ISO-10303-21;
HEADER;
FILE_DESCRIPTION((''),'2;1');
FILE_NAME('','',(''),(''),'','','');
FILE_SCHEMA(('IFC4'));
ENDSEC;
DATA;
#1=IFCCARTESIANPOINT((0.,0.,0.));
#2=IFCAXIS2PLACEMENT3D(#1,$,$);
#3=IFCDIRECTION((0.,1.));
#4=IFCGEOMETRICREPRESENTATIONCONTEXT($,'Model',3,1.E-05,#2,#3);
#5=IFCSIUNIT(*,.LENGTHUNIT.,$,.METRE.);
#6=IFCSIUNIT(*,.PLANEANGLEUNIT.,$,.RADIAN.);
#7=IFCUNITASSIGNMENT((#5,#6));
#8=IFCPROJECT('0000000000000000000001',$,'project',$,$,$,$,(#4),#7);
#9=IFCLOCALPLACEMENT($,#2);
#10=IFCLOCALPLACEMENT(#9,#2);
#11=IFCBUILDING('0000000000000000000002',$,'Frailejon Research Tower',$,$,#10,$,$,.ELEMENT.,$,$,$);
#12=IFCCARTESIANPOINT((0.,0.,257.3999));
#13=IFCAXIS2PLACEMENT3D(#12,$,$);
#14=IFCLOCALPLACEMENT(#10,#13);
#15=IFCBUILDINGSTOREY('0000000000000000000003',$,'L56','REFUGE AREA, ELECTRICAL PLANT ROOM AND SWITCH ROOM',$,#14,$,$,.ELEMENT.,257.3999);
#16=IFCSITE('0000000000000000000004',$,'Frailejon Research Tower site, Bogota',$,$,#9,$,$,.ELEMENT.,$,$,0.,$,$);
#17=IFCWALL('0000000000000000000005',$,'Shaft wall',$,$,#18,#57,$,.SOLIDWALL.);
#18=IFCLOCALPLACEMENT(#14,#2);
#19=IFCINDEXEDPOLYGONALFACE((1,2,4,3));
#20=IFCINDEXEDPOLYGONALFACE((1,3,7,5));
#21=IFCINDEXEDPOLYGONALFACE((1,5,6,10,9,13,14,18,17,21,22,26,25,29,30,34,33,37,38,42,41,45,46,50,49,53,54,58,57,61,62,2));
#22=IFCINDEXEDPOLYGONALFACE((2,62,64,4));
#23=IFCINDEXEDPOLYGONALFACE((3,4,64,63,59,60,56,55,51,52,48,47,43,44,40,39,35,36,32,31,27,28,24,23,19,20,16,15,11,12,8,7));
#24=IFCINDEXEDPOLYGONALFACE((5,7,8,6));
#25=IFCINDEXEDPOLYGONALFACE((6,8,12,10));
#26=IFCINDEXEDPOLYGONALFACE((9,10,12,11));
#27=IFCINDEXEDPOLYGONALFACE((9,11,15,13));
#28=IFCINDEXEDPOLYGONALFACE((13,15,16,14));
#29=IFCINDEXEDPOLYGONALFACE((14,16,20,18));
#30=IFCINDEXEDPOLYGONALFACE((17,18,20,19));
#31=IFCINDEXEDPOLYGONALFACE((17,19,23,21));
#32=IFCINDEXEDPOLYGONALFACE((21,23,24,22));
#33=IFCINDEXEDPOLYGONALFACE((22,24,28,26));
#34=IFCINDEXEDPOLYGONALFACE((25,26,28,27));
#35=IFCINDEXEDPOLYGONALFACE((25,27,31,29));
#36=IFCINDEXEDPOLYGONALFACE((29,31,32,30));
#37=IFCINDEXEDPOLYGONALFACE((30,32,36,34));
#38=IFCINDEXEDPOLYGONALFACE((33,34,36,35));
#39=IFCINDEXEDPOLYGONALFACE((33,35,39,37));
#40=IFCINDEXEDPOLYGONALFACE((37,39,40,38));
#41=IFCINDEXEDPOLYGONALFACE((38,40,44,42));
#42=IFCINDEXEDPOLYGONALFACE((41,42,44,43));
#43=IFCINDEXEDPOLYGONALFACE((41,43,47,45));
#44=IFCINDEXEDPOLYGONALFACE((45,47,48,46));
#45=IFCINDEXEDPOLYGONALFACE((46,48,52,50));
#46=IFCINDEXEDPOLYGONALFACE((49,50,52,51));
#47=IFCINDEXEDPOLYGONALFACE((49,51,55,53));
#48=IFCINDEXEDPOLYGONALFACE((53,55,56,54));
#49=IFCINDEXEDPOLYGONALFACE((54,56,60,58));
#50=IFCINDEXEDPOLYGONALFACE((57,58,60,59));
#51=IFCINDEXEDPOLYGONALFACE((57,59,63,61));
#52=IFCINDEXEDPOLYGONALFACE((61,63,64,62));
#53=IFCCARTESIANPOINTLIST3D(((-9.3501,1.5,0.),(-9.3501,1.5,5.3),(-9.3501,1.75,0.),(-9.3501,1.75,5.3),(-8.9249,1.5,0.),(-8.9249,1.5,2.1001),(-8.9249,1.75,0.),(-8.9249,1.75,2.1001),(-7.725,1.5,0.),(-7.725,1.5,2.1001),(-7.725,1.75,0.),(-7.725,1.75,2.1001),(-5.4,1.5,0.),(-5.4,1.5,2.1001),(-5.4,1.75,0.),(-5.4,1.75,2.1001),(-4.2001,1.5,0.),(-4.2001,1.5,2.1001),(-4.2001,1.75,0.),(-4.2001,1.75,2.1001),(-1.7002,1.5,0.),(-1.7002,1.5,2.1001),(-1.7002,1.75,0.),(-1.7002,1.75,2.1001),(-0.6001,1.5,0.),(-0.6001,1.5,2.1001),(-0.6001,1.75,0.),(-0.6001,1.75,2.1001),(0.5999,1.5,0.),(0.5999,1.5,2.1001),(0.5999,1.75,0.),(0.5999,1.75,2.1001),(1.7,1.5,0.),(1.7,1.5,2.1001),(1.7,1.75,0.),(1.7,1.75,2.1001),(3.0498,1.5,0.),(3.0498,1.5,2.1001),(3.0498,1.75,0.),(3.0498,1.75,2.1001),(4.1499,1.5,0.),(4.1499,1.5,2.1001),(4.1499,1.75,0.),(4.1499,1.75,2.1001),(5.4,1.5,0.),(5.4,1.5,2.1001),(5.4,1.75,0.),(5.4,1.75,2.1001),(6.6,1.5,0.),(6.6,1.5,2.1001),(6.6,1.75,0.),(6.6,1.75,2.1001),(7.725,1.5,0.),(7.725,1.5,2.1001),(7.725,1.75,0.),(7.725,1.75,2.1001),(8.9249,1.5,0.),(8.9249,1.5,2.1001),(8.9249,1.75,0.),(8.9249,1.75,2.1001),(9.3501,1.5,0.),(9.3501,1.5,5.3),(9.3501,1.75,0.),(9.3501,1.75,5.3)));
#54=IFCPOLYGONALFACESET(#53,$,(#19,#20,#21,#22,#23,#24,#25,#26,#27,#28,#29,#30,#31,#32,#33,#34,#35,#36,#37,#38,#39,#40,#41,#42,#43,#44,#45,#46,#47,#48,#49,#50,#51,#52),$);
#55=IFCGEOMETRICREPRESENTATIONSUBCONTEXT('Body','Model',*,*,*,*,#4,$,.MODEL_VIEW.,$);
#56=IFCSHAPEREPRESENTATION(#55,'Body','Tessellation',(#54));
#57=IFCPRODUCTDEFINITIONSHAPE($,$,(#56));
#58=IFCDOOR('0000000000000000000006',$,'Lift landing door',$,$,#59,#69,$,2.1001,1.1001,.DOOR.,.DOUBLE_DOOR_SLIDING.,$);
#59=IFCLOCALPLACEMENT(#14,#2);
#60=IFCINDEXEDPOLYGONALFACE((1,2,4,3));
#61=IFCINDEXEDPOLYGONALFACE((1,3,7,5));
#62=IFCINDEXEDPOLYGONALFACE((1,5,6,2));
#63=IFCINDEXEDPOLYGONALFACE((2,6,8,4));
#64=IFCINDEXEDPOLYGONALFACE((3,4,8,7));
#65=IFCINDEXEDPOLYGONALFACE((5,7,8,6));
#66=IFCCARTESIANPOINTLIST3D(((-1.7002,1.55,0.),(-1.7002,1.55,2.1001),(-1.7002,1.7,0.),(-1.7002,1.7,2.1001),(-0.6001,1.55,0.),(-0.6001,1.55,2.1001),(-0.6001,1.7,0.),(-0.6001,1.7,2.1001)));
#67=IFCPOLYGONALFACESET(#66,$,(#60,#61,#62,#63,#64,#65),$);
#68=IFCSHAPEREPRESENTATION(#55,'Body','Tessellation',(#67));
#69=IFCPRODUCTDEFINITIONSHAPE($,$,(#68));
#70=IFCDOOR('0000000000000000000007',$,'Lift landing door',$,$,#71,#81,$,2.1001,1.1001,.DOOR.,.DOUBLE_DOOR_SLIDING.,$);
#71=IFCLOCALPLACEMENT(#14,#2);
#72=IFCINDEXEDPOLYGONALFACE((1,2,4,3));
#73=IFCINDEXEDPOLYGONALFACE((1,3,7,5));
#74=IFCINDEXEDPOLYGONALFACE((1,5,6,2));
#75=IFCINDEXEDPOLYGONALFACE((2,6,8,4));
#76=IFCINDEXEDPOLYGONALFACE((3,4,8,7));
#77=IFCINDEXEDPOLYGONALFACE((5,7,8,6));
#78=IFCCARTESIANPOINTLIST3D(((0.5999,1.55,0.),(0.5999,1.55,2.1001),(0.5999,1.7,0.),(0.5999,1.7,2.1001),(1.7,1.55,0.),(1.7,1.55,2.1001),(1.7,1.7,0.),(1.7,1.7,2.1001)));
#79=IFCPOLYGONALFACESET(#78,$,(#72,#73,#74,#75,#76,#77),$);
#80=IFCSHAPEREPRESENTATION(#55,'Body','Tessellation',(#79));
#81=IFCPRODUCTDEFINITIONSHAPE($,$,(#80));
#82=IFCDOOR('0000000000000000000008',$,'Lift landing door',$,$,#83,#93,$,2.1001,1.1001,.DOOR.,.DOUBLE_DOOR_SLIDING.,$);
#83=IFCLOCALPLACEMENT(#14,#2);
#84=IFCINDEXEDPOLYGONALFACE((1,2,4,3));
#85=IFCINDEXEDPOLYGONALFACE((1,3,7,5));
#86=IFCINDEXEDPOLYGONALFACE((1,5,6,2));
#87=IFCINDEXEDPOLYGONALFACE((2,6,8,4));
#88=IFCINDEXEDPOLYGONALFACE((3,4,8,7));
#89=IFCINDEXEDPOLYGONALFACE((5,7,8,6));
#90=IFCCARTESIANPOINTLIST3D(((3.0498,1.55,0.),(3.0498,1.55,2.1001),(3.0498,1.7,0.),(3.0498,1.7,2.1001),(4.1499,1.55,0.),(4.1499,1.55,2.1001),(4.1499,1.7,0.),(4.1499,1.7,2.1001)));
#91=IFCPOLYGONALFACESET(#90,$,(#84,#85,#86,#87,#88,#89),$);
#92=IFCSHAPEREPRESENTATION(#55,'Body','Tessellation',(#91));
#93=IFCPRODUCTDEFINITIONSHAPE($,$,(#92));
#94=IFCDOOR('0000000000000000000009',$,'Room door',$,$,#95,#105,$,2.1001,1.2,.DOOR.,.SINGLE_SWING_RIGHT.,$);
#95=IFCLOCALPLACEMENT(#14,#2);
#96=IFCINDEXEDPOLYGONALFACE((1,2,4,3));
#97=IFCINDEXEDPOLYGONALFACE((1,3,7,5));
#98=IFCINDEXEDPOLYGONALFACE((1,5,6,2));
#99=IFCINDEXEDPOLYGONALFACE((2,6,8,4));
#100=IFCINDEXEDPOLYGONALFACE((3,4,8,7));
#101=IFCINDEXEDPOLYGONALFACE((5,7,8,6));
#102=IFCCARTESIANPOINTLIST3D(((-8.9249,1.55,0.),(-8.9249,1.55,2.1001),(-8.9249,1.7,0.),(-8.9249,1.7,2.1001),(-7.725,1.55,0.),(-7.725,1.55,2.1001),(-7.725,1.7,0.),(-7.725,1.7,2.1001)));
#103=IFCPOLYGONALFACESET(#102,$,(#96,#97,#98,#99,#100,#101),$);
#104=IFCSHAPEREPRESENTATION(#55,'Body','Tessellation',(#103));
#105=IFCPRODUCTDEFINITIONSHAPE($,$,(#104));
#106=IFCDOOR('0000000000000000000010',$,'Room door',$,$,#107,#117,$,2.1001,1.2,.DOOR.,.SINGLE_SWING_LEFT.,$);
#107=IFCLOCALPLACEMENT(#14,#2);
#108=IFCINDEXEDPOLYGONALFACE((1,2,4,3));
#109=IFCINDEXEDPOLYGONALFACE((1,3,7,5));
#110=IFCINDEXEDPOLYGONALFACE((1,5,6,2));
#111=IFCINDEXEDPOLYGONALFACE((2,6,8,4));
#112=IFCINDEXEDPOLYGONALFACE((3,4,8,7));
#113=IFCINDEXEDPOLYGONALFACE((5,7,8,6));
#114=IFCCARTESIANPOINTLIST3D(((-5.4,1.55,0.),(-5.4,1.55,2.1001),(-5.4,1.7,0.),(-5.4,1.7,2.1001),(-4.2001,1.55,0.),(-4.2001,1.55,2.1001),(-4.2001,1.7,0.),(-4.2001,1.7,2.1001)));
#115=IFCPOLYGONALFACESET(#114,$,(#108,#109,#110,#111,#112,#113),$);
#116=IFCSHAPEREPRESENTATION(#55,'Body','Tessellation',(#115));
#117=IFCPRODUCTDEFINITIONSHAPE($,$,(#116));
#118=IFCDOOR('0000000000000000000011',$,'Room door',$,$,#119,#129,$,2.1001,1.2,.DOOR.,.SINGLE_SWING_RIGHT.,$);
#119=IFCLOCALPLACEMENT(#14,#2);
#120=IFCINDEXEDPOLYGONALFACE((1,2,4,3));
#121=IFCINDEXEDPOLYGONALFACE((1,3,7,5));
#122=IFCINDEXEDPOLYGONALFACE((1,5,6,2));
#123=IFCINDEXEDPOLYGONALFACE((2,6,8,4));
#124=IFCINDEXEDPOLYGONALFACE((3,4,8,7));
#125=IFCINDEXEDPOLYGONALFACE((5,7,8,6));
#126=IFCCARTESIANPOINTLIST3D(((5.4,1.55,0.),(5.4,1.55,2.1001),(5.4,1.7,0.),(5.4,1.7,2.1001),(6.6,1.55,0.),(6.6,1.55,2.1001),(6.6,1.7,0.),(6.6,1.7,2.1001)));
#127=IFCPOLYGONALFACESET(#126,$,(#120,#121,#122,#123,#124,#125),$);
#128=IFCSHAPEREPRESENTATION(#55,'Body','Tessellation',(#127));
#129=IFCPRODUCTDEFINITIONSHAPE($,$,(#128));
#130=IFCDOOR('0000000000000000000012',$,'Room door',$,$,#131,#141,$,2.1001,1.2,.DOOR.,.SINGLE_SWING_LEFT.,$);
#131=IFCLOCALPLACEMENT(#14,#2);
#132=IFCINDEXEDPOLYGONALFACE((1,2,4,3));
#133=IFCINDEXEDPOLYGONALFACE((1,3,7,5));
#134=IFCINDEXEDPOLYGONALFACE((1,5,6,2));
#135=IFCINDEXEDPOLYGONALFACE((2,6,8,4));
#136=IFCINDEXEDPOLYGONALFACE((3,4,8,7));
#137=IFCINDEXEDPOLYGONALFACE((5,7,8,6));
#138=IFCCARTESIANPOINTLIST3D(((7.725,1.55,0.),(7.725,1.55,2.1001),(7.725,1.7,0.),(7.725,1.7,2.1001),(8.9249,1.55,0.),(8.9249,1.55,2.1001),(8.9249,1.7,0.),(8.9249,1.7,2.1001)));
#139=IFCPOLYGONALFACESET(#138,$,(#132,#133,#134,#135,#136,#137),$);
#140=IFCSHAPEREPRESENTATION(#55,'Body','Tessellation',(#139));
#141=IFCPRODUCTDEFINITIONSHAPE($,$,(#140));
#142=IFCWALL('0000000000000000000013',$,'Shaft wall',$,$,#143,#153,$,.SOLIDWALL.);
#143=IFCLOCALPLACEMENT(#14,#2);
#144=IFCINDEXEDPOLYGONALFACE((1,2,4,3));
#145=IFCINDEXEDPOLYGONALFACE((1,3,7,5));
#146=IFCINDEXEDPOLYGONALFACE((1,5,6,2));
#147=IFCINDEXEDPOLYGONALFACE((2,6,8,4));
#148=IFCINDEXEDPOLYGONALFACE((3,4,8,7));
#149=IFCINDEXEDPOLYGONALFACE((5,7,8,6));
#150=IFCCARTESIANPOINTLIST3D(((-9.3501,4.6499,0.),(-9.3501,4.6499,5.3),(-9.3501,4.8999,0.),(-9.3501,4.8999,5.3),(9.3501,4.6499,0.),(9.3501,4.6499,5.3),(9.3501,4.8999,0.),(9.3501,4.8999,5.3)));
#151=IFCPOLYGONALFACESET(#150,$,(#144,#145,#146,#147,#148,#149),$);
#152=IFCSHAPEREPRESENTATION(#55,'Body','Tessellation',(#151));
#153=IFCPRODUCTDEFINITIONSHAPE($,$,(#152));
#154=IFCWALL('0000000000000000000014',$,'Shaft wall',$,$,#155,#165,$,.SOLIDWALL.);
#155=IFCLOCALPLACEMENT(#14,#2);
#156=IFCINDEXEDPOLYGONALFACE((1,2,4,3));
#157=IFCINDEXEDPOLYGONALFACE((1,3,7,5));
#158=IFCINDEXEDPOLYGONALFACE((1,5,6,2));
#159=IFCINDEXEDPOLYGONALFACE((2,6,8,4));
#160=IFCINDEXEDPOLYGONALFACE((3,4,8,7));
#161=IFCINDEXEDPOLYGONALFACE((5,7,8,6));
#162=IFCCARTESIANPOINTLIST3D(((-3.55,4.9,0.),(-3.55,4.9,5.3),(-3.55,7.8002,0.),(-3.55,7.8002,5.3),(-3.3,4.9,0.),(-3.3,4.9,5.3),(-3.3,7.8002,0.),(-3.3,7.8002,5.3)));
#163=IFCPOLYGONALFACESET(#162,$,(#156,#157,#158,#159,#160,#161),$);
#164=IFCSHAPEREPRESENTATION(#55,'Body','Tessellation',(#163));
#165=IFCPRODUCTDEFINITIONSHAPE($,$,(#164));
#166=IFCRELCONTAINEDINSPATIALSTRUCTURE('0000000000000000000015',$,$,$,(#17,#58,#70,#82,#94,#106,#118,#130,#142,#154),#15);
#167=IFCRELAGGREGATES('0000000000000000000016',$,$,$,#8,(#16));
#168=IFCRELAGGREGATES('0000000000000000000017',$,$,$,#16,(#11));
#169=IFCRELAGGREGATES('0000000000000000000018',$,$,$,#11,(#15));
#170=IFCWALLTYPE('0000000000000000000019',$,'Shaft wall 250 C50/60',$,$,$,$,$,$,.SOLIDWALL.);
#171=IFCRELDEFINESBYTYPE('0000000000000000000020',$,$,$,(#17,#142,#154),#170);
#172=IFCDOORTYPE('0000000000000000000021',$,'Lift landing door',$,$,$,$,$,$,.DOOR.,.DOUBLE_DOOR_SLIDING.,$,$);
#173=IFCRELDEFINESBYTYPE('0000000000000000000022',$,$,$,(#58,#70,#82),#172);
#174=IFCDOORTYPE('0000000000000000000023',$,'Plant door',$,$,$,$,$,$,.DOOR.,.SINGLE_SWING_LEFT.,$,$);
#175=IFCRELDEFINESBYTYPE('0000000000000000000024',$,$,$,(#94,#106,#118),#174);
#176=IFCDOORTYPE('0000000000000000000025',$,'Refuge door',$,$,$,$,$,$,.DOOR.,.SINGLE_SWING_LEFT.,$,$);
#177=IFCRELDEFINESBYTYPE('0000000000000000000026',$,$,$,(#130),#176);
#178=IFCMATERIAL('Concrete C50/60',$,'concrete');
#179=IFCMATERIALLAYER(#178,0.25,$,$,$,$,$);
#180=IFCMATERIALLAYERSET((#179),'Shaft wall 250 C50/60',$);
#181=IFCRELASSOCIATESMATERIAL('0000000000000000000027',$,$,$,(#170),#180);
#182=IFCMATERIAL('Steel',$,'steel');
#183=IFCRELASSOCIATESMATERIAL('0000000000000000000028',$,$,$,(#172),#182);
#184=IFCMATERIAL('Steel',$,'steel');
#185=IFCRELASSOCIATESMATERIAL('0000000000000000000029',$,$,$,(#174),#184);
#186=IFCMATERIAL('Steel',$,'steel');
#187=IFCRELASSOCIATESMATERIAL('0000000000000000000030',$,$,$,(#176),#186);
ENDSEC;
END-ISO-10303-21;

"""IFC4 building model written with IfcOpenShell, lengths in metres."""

from ifc_helpers import new_model, si_unit, direction, frame, frame_2d, origin, place, context, subcontext, project, spatial, rectangle, extrude, material, layer, layer_set, type_object, element, fill, save


model = new_model("IFC4")

# Units and contexts
model_context = context("Model", 3, precision=1e-05, world=origin(), true_north=direction((0.0, 1.0)))
body_context = subcontext(model_context, "Body", "Model", "MODEL_VIEW")
ifc_project = project(units=[si_unit("LENGTHUNIT", "METRE"), si_unit("PLANEANGLEUNIT", "RADIAN")], contexts=[model_context])

# Site, building, storey
site_placement = place(None, origin())
site = spatial("IfcSite", under=ifc_project, at=site_placement, Name="Frailejon Research Tower site, Bogota", CompositionType="ELEMENT", RefElevation=0.0)
building_placement = place(site_placement, origin())
building = spatial("IfcBuilding", under=site, at=building_placement, Name="Frailejon Research Tower", CompositionType="ELEMENT")
storey_placement = place(building_placement, frame((0.0, 0.0, 257.3999)))
storey = spatial("IfcBuildingStorey", under=building, at=storey_placement, Name="L56", Description="REFUGE AREA, ELECTRICAL PLANT ROOM AND SWITCH ROOM", CompositionType="ELEMENT", Elevation=257.3999)

# Wall, openings, doors
ifc_material_1 = material(Name="Concrete C50/60", Category="concrete")
ifc_layer_1 = layer(ifc_material_1, 0.25)
ifc_layer_set_1 = layer_set([ifc_layer_1], Name="Shaft wall 250 C50/60")
wall_type_1 = type_object("IfcWallType", Name="Shaft wall 250 C50/60", PredefinedType="SOLIDWALL", material=ifc_layer_set_1)
wall_1_placement = place(storey_placement, frame((-9.3501, 1.625, 0.0), z_axis=(0.0, 0.0, 1.0), x_axis=(1.0, 0.0, 0.0)))
wall_1 = element("IfcWall", 1, at=wall_1_placement, inside=storey, type_object=wall_type_1, Name="Shaft wall", PredefinedType="SOLIDWALL", context=body_context, shape_type="SweptSolid", body=[
    extrude(rectangle(XDim=18.7002, YDim=0.25, at=frame_2d((9.3501, 0.0))), origin(), (0.0, 0.0, 1.0), 5.3),
])
opening_1_placement = place(wall_1_placement, frame((7.6499, 0.0, 0.0)))
opening_1 = element("IfcOpeningElement", 2, at=opening_1_placement, cuts=wall_1, PredefinedType="OPENING", context=body_context, shape_type="SweptSolid", body=[
    extrude(rectangle(XDim=1.1001, YDim=2.1001, at=frame_2d((0.55, 1.05))), frame((0.0, 0.135, 0.0), z_axis=(0.0, -1.0, 0.0), x_axis=(1.0, 0.0, 0.0)), (0.0, 0.0, 1.0), 0.27),
])
opening_2_placement = place(wall_1_placement, frame((9.95, 0.0, 0.0)))
opening_2 = element("IfcOpeningElement", 3, at=opening_2_placement, cuts=wall_1, PredefinedType="OPENING", context=body_context, shape_type="SweptSolid", body=[
    extrude(rectangle(XDim=1.1001, YDim=2.1001, at=frame_2d((0.55, 1.05))), frame((0.0, 0.135, 0.0), z_axis=(0.0, -1.0, 0.0), x_axis=(1.0, 0.0, 0.0)), (0.0, 0.0, 1.0), 0.27),
])
opening_3_placement = place(wall_1_placement, frame((12.3999, 0.0, 0.0)))
opening_3 = element("IfcOpeningElement", 4, at=opening_3_placement, cuts=wall_1, PredefinedType="OPENING", context=body_context, shape_type="SweptSolid", body=[
    extrude(rectangle(XDim=1.1001, YDim=2.1001, at=frame_2d((0.55, 1.05))), frame((0.0, 0.135, 0.0), z_axis=(0.0, -1.0, 0.0), x_axis=(1.0, 0.0, 0.0)), (0.0, 0.0, 1.0), 0.27),
])
opening_4_placement = place(wall_1_placement, frame((0.425, 0.0, 0.0)))
opening_4 = element("IfcOpeningElement", 5, at=opening_4_placement, cuts=wall_1, PredefinedType="OPENING", context=body_context, shape_type="SweptSolid", body=[
    extrude(rectangle(XDim=1.2, YDim=2.1001, at=frame_2d((0.6001, 1.05))), frame((0.0, 0.135, 0.0), z_axis=(0.0, -1.0, 0.0), x_axis=(1.0, 0.0, 0.0)), (0.0, 0.0, 1.0), 0.27),
])
opening_5_placement = place(wall_1_placement, frame((3.95, 0.0, 0.0)))
opening_5 = element("IfcOpeningElement", 6, at=opening_5_placement, cuts=wall_1, PredefinedType="OPENING", context=body_context, shape_type="SweptSolid", body=[
    extrude(rectangle(XDim=1.2, YDim=2.1001, at=frame_2d((0.6001, 1.05))), frame((0.0, 0.135, 0.0), z_axis=(0.0, -1.0, 0.0), x_axis=(1.0, 0.0, 0.0)), (0.0, 0.0, 1.0), 0.27),
])
opening_6_placement = place(wall_1_placement, frame((14.75, 0.0, 0.0)))
opening_6 = element("IfcOpeningElement", 7, at=opening_6_placement, cuts=wall_1, PredefinedType="OPENING", context=body_context, shape_type="SweptSolid", body=[
    extrude(rectangle(XDim=1.2, YDim=2.1001, at=frame_2d((0.6001, 1.05))), frame((0.0, 0.135, 0.0), z_axis=(0.0, -1.0, 0.0), x_axis=(1.0, 0.0, 0.0)), (0.0, 0.0, 1.0), 0.27),
])
opening_7_placement = place(wall_1_placement, frame((17.075, 0.0, 0.0)))
opening_7 = element("IfcOpeningElement", 8, at=opening_7_placement, cuts=wall_1, PredefinedType="OPENING", context=body_context, shape_type="SweptSolid", body=[
    extrude(rectangle(XDim=1.2, YDim=2.1001, at=frame_2d((0.6001, 1.05))), frame((0.0, 0.135, 0.0), z_axis=(0.0, -1.0, 0.0), x_axis=(1.0, 0.0, 0.0)), (0.0, 0.0, 1.0), 0.27),
])
ifc_material_2 = material(Name="Steel", Category="steel")
door_type_1 = type_object("IfcDoorType", Name="Lift landing door", OperationType="DOUBLE_DOOR_SLIDING", PredefinedType="DOOR", material=ifc_material_2)
door_1_placement = place(opening_1_placement, origin())
door_1 = element("IfcDoor", 9, at=door_1_placement, inside=storey, type_object=door_type_1, Name="Lift landing door", OperationType="DOUBLE_DOOR_SLIDING", OverallHeight=2.1001, OverallWidth=1.1001, PredefinedType="DOOR", context=body_context, shape_type="SweptSolid", body=[
    extrude(rectangle(XDim=1.1001, YDim=2.1001, at=frame_2d((0.55, 1.05))), frame((0.0, 0.075, 0.0), z_axis=(0.0, -1.0, 0.0), x_axis=(1.0, 0.0, 0.0)), (0.0, 0.0, 1.0), 0.1499),
])
fill(opening_1, door_1)
door_2_placement = place(opening_2_placement, origin())
door_2 = element("IfcDoor", 10, at=door_2_placement, inside=storey, type_object=door_type_1, Name="Lift landing door", OperationType="DOUBLE_DOOR_SLIDING", OverallHeight=2.1001, OverallWidth=1.1001, PredefinedType="DOOR", context=body_context, shape_type="SweptSolid", body=[
    extrude(rectangle(XDim=1.1001, YDim=2.1001, at=frame_2d((0.55, 1.05))), frame((0.0, 0.075, 0.0), z_axis=(0.0, -1.0, 0.0), x_axis=(1.0, 0.0, 0.0)), (0.0, 0.0, 1.0), 0.1499),
])
fill(opening_2, door_2)
door_3_placement = place(opening_3_placement, origin())
door_3 = element("IfcDoor", 11, at=door_3_placement, inside=storey, type_object=door_type_1, Name="Lift landing door", OperationType="DOUBLE_DOOR_SLIDING", OverallHeight=2.1001, OverallWidth=1.1001, PredefinedType="DOOR", context=body_context, shape_type="SweptSolid", body=[
    extrude(rectangle(XDim=1.1001, YDim=2.1001, at=frame_2d((0.55, 1.05))), frame((0.0, 0.075, 0.0), z_axis=(0.0, -1.0, 0.0), x_axis=(1.0, 0.0, 0.0)), (0.0, 0.0, 1.0), 0.1499),
])
fill(opening_3, door_3)
ifc_material_3 = material(Name="Steel", Category="steel")
door_type_2 = type_object("IfcDoorType", Name="Plant door", OperationType="SINGLE_SWING_LEFT", PredefinedType="DOOR", material=ifc_material_3)
door_4_placement = place(opening_4_placement, origin())
door_4 = element("IfcDoor", 12, at=door_4_placement, inside=storey, type_object=door_type_2, Name="Room door", OperationType="SINGLE_SWING_RIGHT", OverallHeight=2.1001, OverallWidth=1.2, PredefinedType="DOOR", context=body_context, shape_type="SweptSolid", body=[
    extrude(rectangle(XDim=1.2, YDim=2.1001, at=frame_2d((0.6001, 1.05))), frame((0.0, 0.075, 0.0), z_axis=(0.0, -1.0, 0.0), x_axis=(1.0, 0.0, 0.0)), (0.0, 0.0, 1.0), 0.1499),
])
fill(opening_4, door_4)
door_5_placement = place(opening_5_placement, origin())
door_5 = element("IfcDoor", 13, at=door_5_placement, inside=storey, type_object=door_type_2, Name="Room door", OperationType="SINGLE_SWING_LEFT", OverallHeight=2.1001, OverallWidth=1.2, PredefinedType="DOOR", context=body_context, shape_type="SweptSolid", body=[
    extrude(rectangle(XDim=1.2, YDim=2.1001, at=frame_2d((0.6001, 1.05))), frame((0.0, 0.075, 0.0), z_axis=(0.0, -1.0, 0.0), x_axis=(1.0, 0.0, 0.0)), (0.0, 0.0, 1.0), 0.1499),
])
fill(opening_5, door_5)
door_6_placement = place(opening_6_placement, origin())
door_6 = element("IfcDoor", 14, at=door_6_placement, inside=storey, type_object=door_type_2, Name="Room door", OperationType="SINGLE_SWING_RIGHT", OverallHeight=2.1001, OverallWidth=1.2, PredefinedType="DOOR", context=body_context, shape_type="SweptSolid", body=[
    extrude(rectangle(XDim=1.2, YDim=2.1001, at=frame_2d((0.6001, 1.05))), frame((0.0, 0.075, 0.0), z_axis=(0.0, -1.0, 0.0), x_axis=(1.0, 0.0, 0.0)), (0.0, 0.0, 1.0), 0.1499),
])
fill(opening_6, door_6)
ifc_material_4 = material(Name="Steel", Category="steel")
door_type_3 = type_object("IfcDoorType", Name="Refuge door", OperationType="SINGLE_SWING_LEFT", PredefinedType="DOOR", material=ifc_material_4)
door_7_placement = place(opening_7_placement, origin())
door_7 = element("IfcDoor", 15, at=door_7_placement, inside=storey, type_object=door_type_3, Name="Room door", OperationType="SINGLE_SWING_LEFT", OverallHeight=2.1001, OverallWidth=1.2, PredefinedType="DOOR", context=body_context, shape_type="SweptSolid", body=[
    extrude(rectangle(XDim=1.2, YDim=2.1001, at=frame_2d((0.6001, 1.05))), frame((0.0, 0.075, 0.0), z_axis=(0.0, -1.0, 0.0), x_axis=(1.0, 0.0, 0.0)), (0.0, 0.0, 1.0), 0.1499),
])
fill(opening_7, door_7)

# Walls
wall_2_placement = place(storey_placement, frame((-9.3501, 4.7749, 0.0), z_axis=(0.0, 0.0, 1.0), x_axis=(1.0, 0.0, 0.0)))
element("IfcWall", 16, at=wall_2_placement, inside=storey, type_object=wall_type_1, Name="Shaft wall", PredefinedType="SOLIDWALL", context=body_context, shape_type="SweptSolid", body=[
    extrude(rectangle(XDim=18.7002, YDim=0.25, at=frame_2d((9.3501, 0.0))), origin(), (0.0, 0.0, 1.0), 5.3),
])
wall_3_placement = place(storey_placement, frame((-3.425, 4.8999, 0.0), z_axis=(0.0, 0.0, 1.0), x_axis=(0.0, 1.0, 0.0)))
element("IfcWall", 17, at=wall_3_placement, inside=storey, type_object=wall_type_1, Name="Shaft wall", PredefinedType="SOLIDWALL", context=body_context, shape_type="SweptSolid", body=[
    extrude(rectangle(XDim=2.9001, YDim=0.25, at=frame_2d((1.4502, 0.0))), origin(), (0.0, 0.0, 1.0), 5.3),
])

save(model, "model.ifc")
